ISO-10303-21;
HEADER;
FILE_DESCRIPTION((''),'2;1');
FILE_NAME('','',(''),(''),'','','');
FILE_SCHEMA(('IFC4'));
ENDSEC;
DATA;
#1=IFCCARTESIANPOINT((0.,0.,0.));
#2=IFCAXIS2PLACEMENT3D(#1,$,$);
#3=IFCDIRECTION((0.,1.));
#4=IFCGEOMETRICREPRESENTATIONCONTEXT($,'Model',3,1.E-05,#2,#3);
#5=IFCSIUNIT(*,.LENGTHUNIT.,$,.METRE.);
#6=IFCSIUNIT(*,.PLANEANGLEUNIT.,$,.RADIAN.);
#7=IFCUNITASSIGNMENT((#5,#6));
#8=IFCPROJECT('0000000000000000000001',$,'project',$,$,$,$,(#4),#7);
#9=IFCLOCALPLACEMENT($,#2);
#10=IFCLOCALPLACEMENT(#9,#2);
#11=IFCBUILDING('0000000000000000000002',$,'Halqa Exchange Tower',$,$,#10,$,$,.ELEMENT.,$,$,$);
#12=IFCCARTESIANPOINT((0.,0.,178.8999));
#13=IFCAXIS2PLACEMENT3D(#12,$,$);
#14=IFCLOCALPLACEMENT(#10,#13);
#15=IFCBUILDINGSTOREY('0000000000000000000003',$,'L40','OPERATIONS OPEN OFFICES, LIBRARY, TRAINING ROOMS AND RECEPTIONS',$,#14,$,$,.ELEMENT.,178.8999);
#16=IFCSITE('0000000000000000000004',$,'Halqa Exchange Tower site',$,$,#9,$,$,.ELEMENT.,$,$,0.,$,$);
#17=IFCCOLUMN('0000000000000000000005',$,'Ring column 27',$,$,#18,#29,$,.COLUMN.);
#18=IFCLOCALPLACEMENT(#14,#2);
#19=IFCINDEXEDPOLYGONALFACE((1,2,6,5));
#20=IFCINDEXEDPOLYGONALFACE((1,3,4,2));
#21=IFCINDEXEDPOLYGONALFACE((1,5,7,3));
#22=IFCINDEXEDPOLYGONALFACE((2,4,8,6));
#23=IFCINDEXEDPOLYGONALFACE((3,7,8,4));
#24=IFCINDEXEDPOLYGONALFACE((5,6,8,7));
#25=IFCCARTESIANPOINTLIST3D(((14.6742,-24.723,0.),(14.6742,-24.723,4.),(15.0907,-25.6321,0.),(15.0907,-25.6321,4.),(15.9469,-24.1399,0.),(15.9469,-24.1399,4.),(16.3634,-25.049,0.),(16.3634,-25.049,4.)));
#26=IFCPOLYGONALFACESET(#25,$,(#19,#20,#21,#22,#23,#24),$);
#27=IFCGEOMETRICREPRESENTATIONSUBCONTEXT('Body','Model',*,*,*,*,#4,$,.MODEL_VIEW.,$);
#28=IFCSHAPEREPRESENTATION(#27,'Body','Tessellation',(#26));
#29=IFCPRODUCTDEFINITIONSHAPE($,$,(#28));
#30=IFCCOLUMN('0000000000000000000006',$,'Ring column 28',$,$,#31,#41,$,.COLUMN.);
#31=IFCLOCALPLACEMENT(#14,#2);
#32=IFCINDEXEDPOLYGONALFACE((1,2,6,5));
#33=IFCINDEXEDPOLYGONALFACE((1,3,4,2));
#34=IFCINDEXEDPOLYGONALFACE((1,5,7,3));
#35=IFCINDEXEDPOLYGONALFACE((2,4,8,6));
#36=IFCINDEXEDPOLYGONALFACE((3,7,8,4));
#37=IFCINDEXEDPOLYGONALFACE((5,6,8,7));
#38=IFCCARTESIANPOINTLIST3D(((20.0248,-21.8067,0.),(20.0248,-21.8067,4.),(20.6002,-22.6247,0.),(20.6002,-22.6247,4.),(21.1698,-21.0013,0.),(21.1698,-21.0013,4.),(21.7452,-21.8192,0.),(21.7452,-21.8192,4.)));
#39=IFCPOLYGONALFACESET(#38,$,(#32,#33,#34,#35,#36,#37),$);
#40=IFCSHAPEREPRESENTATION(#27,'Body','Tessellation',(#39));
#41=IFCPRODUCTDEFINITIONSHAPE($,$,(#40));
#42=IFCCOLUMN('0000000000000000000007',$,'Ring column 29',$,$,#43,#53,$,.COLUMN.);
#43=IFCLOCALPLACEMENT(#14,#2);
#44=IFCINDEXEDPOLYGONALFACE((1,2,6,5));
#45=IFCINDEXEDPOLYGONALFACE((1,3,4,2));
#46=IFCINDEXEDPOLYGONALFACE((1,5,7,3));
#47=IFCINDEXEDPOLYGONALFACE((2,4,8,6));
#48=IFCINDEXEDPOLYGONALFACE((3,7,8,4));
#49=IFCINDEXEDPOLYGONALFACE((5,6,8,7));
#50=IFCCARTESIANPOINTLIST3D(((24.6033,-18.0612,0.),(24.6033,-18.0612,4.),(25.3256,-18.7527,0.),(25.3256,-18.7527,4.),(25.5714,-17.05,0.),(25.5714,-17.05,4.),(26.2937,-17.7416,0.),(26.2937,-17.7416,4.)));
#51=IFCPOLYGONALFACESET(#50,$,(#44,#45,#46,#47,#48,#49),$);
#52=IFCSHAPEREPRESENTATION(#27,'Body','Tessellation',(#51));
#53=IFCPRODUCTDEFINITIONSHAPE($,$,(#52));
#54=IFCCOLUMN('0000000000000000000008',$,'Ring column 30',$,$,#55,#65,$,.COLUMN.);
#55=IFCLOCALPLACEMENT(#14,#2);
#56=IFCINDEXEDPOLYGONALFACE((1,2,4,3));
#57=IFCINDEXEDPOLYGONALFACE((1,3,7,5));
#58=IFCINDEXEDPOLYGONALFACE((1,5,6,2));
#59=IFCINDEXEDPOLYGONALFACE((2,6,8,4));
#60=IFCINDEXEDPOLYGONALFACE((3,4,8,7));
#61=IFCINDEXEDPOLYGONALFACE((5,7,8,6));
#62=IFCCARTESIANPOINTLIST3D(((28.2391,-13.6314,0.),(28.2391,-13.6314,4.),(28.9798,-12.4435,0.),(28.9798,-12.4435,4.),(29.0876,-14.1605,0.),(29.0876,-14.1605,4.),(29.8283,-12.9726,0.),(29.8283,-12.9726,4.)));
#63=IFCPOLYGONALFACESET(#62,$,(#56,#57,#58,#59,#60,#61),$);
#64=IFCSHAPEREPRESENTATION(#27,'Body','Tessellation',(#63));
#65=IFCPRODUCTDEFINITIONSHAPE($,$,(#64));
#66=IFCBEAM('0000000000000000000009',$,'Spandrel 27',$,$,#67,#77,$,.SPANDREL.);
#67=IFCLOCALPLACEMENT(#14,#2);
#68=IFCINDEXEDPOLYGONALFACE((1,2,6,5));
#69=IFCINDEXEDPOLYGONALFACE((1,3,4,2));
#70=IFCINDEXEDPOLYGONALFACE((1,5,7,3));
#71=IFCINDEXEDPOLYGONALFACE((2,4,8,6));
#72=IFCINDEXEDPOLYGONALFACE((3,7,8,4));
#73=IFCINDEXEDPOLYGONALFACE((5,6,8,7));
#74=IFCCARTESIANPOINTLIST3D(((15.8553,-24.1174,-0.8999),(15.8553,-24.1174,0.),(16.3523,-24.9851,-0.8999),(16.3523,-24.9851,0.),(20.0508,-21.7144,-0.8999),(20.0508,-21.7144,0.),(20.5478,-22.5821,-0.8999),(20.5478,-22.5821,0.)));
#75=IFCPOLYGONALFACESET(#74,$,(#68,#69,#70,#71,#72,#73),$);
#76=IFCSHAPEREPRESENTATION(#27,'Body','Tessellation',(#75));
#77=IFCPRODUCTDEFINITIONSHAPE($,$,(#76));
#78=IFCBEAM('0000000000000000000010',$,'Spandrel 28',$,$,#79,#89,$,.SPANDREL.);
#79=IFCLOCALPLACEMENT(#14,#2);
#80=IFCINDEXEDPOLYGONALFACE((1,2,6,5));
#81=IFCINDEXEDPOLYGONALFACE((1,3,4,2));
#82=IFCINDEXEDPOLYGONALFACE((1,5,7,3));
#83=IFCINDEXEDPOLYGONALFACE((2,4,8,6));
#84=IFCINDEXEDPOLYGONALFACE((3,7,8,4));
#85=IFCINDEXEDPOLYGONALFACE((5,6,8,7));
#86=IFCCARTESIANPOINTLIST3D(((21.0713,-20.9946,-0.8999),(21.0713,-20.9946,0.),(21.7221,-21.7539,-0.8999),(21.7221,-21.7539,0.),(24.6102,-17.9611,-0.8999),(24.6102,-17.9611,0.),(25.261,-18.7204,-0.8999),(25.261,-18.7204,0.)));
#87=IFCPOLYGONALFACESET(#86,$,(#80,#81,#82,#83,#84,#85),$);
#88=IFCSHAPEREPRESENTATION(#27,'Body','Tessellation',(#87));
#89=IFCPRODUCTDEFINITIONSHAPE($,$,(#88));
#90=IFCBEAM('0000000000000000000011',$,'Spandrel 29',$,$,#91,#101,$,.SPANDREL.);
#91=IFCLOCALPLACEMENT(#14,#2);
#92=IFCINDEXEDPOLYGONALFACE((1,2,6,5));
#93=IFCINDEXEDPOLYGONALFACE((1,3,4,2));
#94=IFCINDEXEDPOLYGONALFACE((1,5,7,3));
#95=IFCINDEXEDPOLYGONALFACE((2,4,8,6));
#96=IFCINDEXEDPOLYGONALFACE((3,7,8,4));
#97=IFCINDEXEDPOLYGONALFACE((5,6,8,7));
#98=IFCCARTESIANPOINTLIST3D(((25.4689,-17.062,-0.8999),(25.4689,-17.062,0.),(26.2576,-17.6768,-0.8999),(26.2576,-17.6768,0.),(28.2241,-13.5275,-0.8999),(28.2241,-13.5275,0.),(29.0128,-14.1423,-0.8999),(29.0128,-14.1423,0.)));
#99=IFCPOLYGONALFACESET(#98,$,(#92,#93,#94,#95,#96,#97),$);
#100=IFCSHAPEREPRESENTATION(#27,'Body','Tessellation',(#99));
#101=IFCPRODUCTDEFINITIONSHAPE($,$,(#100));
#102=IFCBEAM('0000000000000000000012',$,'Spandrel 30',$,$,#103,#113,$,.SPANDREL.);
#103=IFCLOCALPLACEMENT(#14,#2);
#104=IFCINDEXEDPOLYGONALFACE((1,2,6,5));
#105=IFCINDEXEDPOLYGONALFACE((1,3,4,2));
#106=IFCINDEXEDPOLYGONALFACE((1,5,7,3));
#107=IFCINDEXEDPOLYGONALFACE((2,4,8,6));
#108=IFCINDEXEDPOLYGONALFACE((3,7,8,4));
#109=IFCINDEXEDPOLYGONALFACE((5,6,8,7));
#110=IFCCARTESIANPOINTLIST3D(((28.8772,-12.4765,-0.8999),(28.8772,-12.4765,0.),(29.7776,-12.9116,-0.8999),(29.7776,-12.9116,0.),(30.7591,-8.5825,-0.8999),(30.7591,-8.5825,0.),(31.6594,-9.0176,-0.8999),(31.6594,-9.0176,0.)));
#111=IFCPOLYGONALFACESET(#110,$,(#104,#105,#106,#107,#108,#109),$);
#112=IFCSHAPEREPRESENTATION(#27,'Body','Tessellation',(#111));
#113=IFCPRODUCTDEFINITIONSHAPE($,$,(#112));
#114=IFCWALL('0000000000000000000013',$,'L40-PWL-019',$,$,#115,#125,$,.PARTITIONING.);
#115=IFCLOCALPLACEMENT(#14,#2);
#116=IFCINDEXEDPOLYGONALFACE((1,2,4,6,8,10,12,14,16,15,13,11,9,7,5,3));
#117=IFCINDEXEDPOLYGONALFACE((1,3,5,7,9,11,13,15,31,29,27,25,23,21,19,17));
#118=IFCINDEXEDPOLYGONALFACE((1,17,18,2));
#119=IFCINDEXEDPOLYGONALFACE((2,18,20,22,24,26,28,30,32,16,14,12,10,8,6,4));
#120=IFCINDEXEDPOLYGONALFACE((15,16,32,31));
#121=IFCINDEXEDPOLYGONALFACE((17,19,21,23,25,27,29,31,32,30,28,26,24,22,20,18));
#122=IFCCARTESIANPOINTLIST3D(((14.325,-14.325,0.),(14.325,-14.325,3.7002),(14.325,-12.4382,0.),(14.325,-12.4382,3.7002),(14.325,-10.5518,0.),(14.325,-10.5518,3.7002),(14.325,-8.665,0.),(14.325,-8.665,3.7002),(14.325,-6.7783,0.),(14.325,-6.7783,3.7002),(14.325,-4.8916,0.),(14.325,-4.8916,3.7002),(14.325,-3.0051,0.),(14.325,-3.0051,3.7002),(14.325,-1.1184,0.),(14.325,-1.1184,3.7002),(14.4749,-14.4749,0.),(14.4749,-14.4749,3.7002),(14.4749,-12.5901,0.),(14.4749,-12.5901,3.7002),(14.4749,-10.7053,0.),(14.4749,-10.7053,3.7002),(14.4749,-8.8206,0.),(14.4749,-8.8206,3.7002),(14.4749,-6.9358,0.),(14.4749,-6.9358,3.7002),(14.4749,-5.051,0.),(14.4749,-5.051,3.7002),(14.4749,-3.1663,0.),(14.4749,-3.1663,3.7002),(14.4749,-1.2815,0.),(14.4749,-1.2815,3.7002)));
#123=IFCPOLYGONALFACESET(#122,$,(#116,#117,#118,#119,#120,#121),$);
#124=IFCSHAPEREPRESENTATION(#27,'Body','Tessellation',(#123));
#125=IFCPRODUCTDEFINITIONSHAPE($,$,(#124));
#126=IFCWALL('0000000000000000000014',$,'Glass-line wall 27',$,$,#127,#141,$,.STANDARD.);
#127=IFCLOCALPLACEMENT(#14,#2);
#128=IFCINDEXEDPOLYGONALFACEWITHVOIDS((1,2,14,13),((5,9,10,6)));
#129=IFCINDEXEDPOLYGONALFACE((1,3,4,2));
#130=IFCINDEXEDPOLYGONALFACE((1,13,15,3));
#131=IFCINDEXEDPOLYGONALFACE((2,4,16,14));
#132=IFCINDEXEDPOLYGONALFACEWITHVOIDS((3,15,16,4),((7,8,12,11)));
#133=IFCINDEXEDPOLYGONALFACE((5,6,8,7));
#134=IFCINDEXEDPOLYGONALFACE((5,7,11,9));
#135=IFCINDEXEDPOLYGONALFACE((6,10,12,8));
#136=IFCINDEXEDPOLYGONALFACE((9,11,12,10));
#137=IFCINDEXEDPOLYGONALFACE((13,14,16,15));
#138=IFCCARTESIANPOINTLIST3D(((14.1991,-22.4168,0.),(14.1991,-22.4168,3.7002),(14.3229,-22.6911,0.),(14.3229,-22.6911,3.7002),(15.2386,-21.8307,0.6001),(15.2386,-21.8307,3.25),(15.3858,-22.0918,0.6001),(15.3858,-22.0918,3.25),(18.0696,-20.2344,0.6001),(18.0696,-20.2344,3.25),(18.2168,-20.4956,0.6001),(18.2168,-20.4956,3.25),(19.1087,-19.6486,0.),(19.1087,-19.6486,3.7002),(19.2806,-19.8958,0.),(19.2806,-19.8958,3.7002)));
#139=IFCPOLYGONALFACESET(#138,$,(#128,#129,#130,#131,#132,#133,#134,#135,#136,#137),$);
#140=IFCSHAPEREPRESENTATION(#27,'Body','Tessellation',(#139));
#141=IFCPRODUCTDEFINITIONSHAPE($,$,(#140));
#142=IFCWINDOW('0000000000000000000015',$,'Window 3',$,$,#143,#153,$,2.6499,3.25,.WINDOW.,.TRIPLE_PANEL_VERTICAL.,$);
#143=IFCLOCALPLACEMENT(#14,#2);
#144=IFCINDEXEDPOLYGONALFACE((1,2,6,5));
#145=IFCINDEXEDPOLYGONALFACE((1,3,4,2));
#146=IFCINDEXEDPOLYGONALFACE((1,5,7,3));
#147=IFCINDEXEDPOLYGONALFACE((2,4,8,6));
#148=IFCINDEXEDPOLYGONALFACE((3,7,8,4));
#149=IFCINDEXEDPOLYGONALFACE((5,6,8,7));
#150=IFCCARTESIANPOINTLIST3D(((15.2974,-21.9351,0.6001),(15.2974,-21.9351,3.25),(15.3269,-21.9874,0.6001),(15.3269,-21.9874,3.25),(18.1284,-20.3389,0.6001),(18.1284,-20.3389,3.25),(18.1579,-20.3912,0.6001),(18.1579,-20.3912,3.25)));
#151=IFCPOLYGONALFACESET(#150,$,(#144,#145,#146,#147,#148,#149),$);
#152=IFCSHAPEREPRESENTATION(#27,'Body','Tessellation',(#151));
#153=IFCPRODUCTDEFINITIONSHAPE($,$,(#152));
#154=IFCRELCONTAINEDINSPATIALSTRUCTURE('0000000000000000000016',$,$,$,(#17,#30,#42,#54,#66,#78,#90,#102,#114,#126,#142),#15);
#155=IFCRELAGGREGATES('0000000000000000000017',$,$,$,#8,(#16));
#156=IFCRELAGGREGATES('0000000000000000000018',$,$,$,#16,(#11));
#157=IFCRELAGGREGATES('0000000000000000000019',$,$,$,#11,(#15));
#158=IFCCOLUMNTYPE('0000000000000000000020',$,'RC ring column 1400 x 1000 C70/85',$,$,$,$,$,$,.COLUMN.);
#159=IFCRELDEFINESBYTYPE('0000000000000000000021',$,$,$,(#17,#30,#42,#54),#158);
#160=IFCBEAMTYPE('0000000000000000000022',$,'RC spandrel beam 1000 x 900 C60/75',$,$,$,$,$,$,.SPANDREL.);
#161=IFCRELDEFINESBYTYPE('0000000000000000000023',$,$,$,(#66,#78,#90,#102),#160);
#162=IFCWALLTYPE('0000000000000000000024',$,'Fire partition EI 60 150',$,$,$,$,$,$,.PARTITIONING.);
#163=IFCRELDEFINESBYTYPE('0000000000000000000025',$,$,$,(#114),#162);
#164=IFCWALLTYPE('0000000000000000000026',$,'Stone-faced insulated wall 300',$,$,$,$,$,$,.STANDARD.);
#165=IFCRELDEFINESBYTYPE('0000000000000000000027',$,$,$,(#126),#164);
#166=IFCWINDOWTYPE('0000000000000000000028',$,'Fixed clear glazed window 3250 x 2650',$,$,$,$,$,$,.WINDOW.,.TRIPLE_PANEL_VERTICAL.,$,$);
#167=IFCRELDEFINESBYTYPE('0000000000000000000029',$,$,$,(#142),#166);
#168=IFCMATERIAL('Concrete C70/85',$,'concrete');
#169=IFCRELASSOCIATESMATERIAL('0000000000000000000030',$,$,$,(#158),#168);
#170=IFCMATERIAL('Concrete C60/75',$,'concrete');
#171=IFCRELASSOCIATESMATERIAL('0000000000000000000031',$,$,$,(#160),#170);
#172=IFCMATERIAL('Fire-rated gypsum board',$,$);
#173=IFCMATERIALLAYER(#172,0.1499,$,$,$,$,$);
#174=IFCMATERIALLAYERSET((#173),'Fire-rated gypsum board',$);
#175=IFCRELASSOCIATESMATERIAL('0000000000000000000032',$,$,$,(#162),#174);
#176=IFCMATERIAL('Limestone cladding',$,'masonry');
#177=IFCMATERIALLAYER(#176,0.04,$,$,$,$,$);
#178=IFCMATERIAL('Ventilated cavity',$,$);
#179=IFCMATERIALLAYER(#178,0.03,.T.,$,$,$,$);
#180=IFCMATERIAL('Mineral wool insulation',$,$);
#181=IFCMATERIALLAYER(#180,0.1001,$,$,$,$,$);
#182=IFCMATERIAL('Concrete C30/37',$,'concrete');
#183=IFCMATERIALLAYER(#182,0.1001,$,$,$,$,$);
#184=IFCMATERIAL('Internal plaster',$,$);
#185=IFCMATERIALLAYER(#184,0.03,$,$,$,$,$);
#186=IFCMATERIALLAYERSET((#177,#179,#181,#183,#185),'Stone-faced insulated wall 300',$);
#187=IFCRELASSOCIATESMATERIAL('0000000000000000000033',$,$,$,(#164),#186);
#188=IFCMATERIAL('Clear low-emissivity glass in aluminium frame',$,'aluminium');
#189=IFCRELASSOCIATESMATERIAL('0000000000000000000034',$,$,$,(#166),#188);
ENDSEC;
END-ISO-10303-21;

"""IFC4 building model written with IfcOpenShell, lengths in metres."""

from ifc_helpers import new_model, si_unit, direction, frame, frame_2d, origin, origin_2d, place, context, subcontext, project, spatial, polyline, rectangle, outline, extrude, material, layer, layer_set, material_profile, profile_set, type_object, element, fill, save


model = new_model("IFC4")

# Units and contexts
model_context = context("Model", 3, precision=1e-05, world=origin(), true_north=direction((0.0, 1.0)))
body_context = subcontext(model_context, "Body", "Model", "MODEL_VIEW")
ifc_project = project(units=[si_unit("LENGTHUNIT", "METRE"), si_unit("PLANEANGLEUNIT", "RADIAN")], contexts=[model_context])

# Site, building, storey
site_placement = place(None, origin())
site = spatial("IfcSite", under=ifc_project, at=site_placement, Name="Halqa Exchange Tower site", CompositionType="ELEMENT", RefElevation=0.0)
building_placement = place(site_placement, origin())
building = spatial("IfcBuilding", under=site, at=building_placement, Name="Halqa Exchange Tower", CompositionType="ELEMENT")
storey_placement = place(building_placement, frame((0.0, 0.0, 178.8999)))
storey = spatial("IfcBuildingStorey", under=building, at=storey_placement, Name="L40", Description="OPERATIONS OPEN OFFICES, LIBRARY, TRAINING ROOMS AND RECEPTIONS", CompositionType="ELEMENT", Elevation=178.8999)

# Columns
ifc_material_1 = material(Name="Concrete C70/85", Category="concrete")
ifc_material_profile_1 = material_profile(ifc_material_1, rectangle(XDim=1.3999, YDim=1.0, at=origin_2d()), Name="1400 x 1000")
ifc_profile_set_1 = profile_set([ifc_material_profile_1], Name="Concrete C70/85")
column_type = type_object("IfcColumnType", Name="RC ring column 1400 x 1000 C70/85", PredefinedType="COLUMN", material=ifc_profile_set_1)
for number, where, z_axis, x_axis, name in (
    (1, (15.5188, -24.886, 0.0), (0.0, 0.0, 1.0), (0.909128, 0.416517, 0.0), "Ring column 27"),
    (2, (20.885, -21.813, 0.0), (0.0, 0.0, 1.0), (0.817912, 0.575344, 0.0), "Ring column 28"),
    (3, (25.4485, -17.9014, 0.0), (0.0, 0.0, 1.0), (0.691575, 0.722305, 0.0), "Ring column 29"),
    (4, (29.0337, -13.302, 0.0), (0.0, 0.0, 1.0), (0.529138, 0.848536, 0.0), "Ring column 30"),
):
    element("IfcColumn", number, at=place(storey_placement, frame(where, z_axis=z_axis, x_axis=x_axis)), inside=storey, type_object=column_type, Name=name, PredefinedType="COLUMN", context=body_context, shape_type="SweptSolid", body=[
        extrude(rectangle(XDim=1.3999, YDim=1.0, at=origin_2d()), origin(), (0.0, 0.0, 1.0), 4.0),
    ])

# Beams
ifc_material_2 = material(Name="Concrete C60/75", Category="concrete")
ifc_material_profile_2 = material_profile(ifc_material_2, rectangle(XDim=1.0, YDim=0.8999, at=origin_2d()), Name="1000 x 900")
ifc_profile_set_2 = profile_set([ifc_material_profile_2], Name="Concrete C60/75")
beam_type = type_object("IfcBeamType", Name="RC spandrel beam 1000 x 900 C60/75", PredefinedType="SPANDREL", material=ifc_profile_set_2)
beam_1_placement = place(storey_placement, frame((16.1038, -24.5513, -0.45), z_axis=(0.867742, 0.497014, 0.0), x_axis=(-0.497014, 0.867742, 0.0)))
element("IfcBeam", 5, at=beam_1_placement, inside=storey, type_object=beam_type, Name="Spandrel 27", PredefinedType="SPANDREL", context=body_context, shape_type="SweptSolid", body=[
    extrude(rectangle(XDim=1.0, YDim=0.8999, at=origin_2d()), origin(), (0.0, 0.0, 1.0), 4.835),
])
beam_2_placement = place(storey_placement, frame((21.3967, -21.3743, -0.45), z_axis=(0.759238, 0.650813, 0.0), x_axis=(-0.650813, 0.759238, 0.0)))
element("IfcBeam", 6, at=beam_2_placement, inside=storey, type_object=beam_type, Name="Spandrel 28", PredefinedType="SPANDREL", context=body_context, shape_type="SweptSolid", body=[
    extrude(rectangle(XDim=1.0, YDim=0.8999, at=origin_2d()), origin(), (0.0, 0.0, 1.0), 4.6611),
])
beam_3_placement = place(storey_placement, frame((25.8633, -17.3694, -0.45), z_axis=(0.614793, 0.788689, 0.0), x_axis=(-0.788689, 0.614793, 0.0)))
element("IfcBeam", 7, at=beam_3_placement, inside=storey, type_object=beam_type, Name="Spandrel 29", PredefinedType="SPANDREL", context=body_context, shape_type="SweptSolid", body=[
    extrude(rectangle(XDim=1.0, YDim=0.8999, at=origin_2d()), origin(), (0.0, 0.0, 1.0), 4.4814),
])
beam_4_placement = place(storey_placement, frame((29.3274, -12.6941, -0.45), z_axis=(0.435115, 0.900375, 0.0), x_axis=(-0.900375, 0.435115, 0.0)))
element("IfcBeam", 8, at=beam_4_placement, inside=storey, type_object=beam_type, Name="Spandrel 30", PredefinedType="SPANDREL", context=body_context, shape_type="SweptSolid", body=[
    extrude(rectangle(XDim=1.0, YDim=0.8999, at=origin_2d()), origin(), (0.0, 0.0, 1.0), 4.325),
])

# Shared definitions
ifc_material_3 = material(Name="Fire-rated gypsum board")
ifc_layer_1 = layer(ifc_material_3, 0.1499)
ifc_layer_set_1 = layer_set([ifc_layer_1], Name="Fire-rated gypsum board")
wall_type_1 = type_object("IfcWallType", Name="Fire partition EI 60 150", PredefinedType="PARTITIONING", material=ifc_layer_set_1)

# Wall
wall_1_placement = place(storey_placement, frame((14.3999, -14.4751, 0.0), z_axis=(0.0, 0.0, 1.0), x_axis=(0.0, 1.0, 0.0)))
element("IfcWall", 9, at=wall_1_placement, inside=storey, type_object=wall_type_1, Name="L40-PWL-019", PredefinedType="PARTITIONING", context=body_context, shape_type="SweptSolid", body=[
    extrude(outline(polyline([(0.0002, -0.075), (1.885, -0.075), (3.7698, -0.075), (5.6545, -0.075), (7.5393, -0.075), (9.4241, -0.075), (11.3088, -0.075), (13.1936, -0.075), (13.3567, 0.075), (11.47, 0.075), (9.5835, 0.075), (7.6968, 0.075), (5.8101, 0.075), (3.9233, 0.075), (2.0369, 0.075), (0.1501, 0.075), (0.0002, -0.075)])), origin(), (0.0, 0.0, 1.0), 3.7002),
])

# Wall, opening, window
ifc_material_4 = material(Name="Limestone cladding", Category="masonry")
ifc_layer_2 = layer(ifc_material_4, 0.04)
ifc_material_5 = material(Name="Ventilated cavity")
ifc_layer_3 = layer(ifc_material_5, 0.03, ventilated=True)
ifc_material_6 = material(Name="Mineral wool insulation")
ifc_layer_4 = layer(ifc_material_6, 0.1001)
ifc_material_7 = material(Name="Concrete C30/37", Category="concrete")
ifc_layer_5 = layer(ifc_material_7, 0.1001)
ifc_material_8 = material(Name="Internal plaster")
ifc_layer_6 = layer(ifc_material_8, 0.03)
ifc_layer_set_2 = layer_set([ifc_layer_2, ifc_layer_3, ifc_layer_4, ifc_layer_5, ifc_layer_6], Name="Stone-faced insulated wall 300")
wall_type_2 = type_object("IfcWallType", Name="Stone-faced insulated wall 300", PredefinedType="STANDARD", material=ifc_layer_set_2)
wall_2_placement = place(storey_placement, frame((14.261, -22.554, 0.0), z_axis=(0.0, 0.0, 1.0), x_axis=(0.871078, 0.491145, 0.0)))
wall_2 = element("IfcWall", 10, at=wall_2_placement, inside=storey, type_object=wall_type_2, Name="Glass-line wall 27", PredefinedType="STANDARD", context=body_context, shape_type="SweptSolid", body=[
    extrude(outline(polyline([(-0.0134, -0.1499), (5.678, -0.1499), (5.6497, 0.1499), (0.0134, 0.1499), (-0.0134, -0.1499)])), origin(), (0.0, 0.0, 1.0), 3.7002),
])
opening_1_placement = place(wall_2_placement, frame((1.2068, 0.0, 0.6001)))
opening_1 = element("IfcOpeningElement", 11, at=opening_1_placement, cuts=wall_2, PredefinedType="OPENING", context=body_context, shape_type="SweptSolid", body=[
    extrude(rectangle(XDim=3.25, YDim=2.6499, at=frame_2d((1.625, 1.325))), frame((0.0, 0.1621, 0.0), z_axis=(0.0, -1.0, 0.0), x_axis=(1.0, 0.0, 0.0)), (0.0, 0.0, 1.0), 0.324),
])
ifc_material_9 = material(Name="Clear low-emissivity glass in aluminium frame", Category="aluminium")
window_type = type_object("IfcWindowType", Name="Fixed clear glazed window 3250 x 2650", PartitioningType="TRIPLE_PANEL_VERTICAL", PredefinedType="WINDOW", material=ifc_material_9)
window_1_placement = place(opening_1_placement, origin())
window_1 = element("IfcWindow", 12, at=window_1_placement, inside=storey, type_object=window_type, Name="Window 3", OverallHeight=2.6499, OverallWidth=3.25, PartitioningType="TRIPLE_PANEL_VERTICAL", PredefinedType="WINDOW", context=body_context, shape_type="SweptSolid", body=[
    extrude(rectangle(XDim=3.25, YDim=2.6499, at=frame_2d((1.625, 1.325))), frame((0.0, 0.03, 0.0), z_axis=(0.0, -1.0, 0.0), x_axis=(1.0, 0.0, 0.0)), (0.0, 0.0, 1.0), 0.0601),
])
fill(opening_1, window_1)

save(model, "model.ifc")
